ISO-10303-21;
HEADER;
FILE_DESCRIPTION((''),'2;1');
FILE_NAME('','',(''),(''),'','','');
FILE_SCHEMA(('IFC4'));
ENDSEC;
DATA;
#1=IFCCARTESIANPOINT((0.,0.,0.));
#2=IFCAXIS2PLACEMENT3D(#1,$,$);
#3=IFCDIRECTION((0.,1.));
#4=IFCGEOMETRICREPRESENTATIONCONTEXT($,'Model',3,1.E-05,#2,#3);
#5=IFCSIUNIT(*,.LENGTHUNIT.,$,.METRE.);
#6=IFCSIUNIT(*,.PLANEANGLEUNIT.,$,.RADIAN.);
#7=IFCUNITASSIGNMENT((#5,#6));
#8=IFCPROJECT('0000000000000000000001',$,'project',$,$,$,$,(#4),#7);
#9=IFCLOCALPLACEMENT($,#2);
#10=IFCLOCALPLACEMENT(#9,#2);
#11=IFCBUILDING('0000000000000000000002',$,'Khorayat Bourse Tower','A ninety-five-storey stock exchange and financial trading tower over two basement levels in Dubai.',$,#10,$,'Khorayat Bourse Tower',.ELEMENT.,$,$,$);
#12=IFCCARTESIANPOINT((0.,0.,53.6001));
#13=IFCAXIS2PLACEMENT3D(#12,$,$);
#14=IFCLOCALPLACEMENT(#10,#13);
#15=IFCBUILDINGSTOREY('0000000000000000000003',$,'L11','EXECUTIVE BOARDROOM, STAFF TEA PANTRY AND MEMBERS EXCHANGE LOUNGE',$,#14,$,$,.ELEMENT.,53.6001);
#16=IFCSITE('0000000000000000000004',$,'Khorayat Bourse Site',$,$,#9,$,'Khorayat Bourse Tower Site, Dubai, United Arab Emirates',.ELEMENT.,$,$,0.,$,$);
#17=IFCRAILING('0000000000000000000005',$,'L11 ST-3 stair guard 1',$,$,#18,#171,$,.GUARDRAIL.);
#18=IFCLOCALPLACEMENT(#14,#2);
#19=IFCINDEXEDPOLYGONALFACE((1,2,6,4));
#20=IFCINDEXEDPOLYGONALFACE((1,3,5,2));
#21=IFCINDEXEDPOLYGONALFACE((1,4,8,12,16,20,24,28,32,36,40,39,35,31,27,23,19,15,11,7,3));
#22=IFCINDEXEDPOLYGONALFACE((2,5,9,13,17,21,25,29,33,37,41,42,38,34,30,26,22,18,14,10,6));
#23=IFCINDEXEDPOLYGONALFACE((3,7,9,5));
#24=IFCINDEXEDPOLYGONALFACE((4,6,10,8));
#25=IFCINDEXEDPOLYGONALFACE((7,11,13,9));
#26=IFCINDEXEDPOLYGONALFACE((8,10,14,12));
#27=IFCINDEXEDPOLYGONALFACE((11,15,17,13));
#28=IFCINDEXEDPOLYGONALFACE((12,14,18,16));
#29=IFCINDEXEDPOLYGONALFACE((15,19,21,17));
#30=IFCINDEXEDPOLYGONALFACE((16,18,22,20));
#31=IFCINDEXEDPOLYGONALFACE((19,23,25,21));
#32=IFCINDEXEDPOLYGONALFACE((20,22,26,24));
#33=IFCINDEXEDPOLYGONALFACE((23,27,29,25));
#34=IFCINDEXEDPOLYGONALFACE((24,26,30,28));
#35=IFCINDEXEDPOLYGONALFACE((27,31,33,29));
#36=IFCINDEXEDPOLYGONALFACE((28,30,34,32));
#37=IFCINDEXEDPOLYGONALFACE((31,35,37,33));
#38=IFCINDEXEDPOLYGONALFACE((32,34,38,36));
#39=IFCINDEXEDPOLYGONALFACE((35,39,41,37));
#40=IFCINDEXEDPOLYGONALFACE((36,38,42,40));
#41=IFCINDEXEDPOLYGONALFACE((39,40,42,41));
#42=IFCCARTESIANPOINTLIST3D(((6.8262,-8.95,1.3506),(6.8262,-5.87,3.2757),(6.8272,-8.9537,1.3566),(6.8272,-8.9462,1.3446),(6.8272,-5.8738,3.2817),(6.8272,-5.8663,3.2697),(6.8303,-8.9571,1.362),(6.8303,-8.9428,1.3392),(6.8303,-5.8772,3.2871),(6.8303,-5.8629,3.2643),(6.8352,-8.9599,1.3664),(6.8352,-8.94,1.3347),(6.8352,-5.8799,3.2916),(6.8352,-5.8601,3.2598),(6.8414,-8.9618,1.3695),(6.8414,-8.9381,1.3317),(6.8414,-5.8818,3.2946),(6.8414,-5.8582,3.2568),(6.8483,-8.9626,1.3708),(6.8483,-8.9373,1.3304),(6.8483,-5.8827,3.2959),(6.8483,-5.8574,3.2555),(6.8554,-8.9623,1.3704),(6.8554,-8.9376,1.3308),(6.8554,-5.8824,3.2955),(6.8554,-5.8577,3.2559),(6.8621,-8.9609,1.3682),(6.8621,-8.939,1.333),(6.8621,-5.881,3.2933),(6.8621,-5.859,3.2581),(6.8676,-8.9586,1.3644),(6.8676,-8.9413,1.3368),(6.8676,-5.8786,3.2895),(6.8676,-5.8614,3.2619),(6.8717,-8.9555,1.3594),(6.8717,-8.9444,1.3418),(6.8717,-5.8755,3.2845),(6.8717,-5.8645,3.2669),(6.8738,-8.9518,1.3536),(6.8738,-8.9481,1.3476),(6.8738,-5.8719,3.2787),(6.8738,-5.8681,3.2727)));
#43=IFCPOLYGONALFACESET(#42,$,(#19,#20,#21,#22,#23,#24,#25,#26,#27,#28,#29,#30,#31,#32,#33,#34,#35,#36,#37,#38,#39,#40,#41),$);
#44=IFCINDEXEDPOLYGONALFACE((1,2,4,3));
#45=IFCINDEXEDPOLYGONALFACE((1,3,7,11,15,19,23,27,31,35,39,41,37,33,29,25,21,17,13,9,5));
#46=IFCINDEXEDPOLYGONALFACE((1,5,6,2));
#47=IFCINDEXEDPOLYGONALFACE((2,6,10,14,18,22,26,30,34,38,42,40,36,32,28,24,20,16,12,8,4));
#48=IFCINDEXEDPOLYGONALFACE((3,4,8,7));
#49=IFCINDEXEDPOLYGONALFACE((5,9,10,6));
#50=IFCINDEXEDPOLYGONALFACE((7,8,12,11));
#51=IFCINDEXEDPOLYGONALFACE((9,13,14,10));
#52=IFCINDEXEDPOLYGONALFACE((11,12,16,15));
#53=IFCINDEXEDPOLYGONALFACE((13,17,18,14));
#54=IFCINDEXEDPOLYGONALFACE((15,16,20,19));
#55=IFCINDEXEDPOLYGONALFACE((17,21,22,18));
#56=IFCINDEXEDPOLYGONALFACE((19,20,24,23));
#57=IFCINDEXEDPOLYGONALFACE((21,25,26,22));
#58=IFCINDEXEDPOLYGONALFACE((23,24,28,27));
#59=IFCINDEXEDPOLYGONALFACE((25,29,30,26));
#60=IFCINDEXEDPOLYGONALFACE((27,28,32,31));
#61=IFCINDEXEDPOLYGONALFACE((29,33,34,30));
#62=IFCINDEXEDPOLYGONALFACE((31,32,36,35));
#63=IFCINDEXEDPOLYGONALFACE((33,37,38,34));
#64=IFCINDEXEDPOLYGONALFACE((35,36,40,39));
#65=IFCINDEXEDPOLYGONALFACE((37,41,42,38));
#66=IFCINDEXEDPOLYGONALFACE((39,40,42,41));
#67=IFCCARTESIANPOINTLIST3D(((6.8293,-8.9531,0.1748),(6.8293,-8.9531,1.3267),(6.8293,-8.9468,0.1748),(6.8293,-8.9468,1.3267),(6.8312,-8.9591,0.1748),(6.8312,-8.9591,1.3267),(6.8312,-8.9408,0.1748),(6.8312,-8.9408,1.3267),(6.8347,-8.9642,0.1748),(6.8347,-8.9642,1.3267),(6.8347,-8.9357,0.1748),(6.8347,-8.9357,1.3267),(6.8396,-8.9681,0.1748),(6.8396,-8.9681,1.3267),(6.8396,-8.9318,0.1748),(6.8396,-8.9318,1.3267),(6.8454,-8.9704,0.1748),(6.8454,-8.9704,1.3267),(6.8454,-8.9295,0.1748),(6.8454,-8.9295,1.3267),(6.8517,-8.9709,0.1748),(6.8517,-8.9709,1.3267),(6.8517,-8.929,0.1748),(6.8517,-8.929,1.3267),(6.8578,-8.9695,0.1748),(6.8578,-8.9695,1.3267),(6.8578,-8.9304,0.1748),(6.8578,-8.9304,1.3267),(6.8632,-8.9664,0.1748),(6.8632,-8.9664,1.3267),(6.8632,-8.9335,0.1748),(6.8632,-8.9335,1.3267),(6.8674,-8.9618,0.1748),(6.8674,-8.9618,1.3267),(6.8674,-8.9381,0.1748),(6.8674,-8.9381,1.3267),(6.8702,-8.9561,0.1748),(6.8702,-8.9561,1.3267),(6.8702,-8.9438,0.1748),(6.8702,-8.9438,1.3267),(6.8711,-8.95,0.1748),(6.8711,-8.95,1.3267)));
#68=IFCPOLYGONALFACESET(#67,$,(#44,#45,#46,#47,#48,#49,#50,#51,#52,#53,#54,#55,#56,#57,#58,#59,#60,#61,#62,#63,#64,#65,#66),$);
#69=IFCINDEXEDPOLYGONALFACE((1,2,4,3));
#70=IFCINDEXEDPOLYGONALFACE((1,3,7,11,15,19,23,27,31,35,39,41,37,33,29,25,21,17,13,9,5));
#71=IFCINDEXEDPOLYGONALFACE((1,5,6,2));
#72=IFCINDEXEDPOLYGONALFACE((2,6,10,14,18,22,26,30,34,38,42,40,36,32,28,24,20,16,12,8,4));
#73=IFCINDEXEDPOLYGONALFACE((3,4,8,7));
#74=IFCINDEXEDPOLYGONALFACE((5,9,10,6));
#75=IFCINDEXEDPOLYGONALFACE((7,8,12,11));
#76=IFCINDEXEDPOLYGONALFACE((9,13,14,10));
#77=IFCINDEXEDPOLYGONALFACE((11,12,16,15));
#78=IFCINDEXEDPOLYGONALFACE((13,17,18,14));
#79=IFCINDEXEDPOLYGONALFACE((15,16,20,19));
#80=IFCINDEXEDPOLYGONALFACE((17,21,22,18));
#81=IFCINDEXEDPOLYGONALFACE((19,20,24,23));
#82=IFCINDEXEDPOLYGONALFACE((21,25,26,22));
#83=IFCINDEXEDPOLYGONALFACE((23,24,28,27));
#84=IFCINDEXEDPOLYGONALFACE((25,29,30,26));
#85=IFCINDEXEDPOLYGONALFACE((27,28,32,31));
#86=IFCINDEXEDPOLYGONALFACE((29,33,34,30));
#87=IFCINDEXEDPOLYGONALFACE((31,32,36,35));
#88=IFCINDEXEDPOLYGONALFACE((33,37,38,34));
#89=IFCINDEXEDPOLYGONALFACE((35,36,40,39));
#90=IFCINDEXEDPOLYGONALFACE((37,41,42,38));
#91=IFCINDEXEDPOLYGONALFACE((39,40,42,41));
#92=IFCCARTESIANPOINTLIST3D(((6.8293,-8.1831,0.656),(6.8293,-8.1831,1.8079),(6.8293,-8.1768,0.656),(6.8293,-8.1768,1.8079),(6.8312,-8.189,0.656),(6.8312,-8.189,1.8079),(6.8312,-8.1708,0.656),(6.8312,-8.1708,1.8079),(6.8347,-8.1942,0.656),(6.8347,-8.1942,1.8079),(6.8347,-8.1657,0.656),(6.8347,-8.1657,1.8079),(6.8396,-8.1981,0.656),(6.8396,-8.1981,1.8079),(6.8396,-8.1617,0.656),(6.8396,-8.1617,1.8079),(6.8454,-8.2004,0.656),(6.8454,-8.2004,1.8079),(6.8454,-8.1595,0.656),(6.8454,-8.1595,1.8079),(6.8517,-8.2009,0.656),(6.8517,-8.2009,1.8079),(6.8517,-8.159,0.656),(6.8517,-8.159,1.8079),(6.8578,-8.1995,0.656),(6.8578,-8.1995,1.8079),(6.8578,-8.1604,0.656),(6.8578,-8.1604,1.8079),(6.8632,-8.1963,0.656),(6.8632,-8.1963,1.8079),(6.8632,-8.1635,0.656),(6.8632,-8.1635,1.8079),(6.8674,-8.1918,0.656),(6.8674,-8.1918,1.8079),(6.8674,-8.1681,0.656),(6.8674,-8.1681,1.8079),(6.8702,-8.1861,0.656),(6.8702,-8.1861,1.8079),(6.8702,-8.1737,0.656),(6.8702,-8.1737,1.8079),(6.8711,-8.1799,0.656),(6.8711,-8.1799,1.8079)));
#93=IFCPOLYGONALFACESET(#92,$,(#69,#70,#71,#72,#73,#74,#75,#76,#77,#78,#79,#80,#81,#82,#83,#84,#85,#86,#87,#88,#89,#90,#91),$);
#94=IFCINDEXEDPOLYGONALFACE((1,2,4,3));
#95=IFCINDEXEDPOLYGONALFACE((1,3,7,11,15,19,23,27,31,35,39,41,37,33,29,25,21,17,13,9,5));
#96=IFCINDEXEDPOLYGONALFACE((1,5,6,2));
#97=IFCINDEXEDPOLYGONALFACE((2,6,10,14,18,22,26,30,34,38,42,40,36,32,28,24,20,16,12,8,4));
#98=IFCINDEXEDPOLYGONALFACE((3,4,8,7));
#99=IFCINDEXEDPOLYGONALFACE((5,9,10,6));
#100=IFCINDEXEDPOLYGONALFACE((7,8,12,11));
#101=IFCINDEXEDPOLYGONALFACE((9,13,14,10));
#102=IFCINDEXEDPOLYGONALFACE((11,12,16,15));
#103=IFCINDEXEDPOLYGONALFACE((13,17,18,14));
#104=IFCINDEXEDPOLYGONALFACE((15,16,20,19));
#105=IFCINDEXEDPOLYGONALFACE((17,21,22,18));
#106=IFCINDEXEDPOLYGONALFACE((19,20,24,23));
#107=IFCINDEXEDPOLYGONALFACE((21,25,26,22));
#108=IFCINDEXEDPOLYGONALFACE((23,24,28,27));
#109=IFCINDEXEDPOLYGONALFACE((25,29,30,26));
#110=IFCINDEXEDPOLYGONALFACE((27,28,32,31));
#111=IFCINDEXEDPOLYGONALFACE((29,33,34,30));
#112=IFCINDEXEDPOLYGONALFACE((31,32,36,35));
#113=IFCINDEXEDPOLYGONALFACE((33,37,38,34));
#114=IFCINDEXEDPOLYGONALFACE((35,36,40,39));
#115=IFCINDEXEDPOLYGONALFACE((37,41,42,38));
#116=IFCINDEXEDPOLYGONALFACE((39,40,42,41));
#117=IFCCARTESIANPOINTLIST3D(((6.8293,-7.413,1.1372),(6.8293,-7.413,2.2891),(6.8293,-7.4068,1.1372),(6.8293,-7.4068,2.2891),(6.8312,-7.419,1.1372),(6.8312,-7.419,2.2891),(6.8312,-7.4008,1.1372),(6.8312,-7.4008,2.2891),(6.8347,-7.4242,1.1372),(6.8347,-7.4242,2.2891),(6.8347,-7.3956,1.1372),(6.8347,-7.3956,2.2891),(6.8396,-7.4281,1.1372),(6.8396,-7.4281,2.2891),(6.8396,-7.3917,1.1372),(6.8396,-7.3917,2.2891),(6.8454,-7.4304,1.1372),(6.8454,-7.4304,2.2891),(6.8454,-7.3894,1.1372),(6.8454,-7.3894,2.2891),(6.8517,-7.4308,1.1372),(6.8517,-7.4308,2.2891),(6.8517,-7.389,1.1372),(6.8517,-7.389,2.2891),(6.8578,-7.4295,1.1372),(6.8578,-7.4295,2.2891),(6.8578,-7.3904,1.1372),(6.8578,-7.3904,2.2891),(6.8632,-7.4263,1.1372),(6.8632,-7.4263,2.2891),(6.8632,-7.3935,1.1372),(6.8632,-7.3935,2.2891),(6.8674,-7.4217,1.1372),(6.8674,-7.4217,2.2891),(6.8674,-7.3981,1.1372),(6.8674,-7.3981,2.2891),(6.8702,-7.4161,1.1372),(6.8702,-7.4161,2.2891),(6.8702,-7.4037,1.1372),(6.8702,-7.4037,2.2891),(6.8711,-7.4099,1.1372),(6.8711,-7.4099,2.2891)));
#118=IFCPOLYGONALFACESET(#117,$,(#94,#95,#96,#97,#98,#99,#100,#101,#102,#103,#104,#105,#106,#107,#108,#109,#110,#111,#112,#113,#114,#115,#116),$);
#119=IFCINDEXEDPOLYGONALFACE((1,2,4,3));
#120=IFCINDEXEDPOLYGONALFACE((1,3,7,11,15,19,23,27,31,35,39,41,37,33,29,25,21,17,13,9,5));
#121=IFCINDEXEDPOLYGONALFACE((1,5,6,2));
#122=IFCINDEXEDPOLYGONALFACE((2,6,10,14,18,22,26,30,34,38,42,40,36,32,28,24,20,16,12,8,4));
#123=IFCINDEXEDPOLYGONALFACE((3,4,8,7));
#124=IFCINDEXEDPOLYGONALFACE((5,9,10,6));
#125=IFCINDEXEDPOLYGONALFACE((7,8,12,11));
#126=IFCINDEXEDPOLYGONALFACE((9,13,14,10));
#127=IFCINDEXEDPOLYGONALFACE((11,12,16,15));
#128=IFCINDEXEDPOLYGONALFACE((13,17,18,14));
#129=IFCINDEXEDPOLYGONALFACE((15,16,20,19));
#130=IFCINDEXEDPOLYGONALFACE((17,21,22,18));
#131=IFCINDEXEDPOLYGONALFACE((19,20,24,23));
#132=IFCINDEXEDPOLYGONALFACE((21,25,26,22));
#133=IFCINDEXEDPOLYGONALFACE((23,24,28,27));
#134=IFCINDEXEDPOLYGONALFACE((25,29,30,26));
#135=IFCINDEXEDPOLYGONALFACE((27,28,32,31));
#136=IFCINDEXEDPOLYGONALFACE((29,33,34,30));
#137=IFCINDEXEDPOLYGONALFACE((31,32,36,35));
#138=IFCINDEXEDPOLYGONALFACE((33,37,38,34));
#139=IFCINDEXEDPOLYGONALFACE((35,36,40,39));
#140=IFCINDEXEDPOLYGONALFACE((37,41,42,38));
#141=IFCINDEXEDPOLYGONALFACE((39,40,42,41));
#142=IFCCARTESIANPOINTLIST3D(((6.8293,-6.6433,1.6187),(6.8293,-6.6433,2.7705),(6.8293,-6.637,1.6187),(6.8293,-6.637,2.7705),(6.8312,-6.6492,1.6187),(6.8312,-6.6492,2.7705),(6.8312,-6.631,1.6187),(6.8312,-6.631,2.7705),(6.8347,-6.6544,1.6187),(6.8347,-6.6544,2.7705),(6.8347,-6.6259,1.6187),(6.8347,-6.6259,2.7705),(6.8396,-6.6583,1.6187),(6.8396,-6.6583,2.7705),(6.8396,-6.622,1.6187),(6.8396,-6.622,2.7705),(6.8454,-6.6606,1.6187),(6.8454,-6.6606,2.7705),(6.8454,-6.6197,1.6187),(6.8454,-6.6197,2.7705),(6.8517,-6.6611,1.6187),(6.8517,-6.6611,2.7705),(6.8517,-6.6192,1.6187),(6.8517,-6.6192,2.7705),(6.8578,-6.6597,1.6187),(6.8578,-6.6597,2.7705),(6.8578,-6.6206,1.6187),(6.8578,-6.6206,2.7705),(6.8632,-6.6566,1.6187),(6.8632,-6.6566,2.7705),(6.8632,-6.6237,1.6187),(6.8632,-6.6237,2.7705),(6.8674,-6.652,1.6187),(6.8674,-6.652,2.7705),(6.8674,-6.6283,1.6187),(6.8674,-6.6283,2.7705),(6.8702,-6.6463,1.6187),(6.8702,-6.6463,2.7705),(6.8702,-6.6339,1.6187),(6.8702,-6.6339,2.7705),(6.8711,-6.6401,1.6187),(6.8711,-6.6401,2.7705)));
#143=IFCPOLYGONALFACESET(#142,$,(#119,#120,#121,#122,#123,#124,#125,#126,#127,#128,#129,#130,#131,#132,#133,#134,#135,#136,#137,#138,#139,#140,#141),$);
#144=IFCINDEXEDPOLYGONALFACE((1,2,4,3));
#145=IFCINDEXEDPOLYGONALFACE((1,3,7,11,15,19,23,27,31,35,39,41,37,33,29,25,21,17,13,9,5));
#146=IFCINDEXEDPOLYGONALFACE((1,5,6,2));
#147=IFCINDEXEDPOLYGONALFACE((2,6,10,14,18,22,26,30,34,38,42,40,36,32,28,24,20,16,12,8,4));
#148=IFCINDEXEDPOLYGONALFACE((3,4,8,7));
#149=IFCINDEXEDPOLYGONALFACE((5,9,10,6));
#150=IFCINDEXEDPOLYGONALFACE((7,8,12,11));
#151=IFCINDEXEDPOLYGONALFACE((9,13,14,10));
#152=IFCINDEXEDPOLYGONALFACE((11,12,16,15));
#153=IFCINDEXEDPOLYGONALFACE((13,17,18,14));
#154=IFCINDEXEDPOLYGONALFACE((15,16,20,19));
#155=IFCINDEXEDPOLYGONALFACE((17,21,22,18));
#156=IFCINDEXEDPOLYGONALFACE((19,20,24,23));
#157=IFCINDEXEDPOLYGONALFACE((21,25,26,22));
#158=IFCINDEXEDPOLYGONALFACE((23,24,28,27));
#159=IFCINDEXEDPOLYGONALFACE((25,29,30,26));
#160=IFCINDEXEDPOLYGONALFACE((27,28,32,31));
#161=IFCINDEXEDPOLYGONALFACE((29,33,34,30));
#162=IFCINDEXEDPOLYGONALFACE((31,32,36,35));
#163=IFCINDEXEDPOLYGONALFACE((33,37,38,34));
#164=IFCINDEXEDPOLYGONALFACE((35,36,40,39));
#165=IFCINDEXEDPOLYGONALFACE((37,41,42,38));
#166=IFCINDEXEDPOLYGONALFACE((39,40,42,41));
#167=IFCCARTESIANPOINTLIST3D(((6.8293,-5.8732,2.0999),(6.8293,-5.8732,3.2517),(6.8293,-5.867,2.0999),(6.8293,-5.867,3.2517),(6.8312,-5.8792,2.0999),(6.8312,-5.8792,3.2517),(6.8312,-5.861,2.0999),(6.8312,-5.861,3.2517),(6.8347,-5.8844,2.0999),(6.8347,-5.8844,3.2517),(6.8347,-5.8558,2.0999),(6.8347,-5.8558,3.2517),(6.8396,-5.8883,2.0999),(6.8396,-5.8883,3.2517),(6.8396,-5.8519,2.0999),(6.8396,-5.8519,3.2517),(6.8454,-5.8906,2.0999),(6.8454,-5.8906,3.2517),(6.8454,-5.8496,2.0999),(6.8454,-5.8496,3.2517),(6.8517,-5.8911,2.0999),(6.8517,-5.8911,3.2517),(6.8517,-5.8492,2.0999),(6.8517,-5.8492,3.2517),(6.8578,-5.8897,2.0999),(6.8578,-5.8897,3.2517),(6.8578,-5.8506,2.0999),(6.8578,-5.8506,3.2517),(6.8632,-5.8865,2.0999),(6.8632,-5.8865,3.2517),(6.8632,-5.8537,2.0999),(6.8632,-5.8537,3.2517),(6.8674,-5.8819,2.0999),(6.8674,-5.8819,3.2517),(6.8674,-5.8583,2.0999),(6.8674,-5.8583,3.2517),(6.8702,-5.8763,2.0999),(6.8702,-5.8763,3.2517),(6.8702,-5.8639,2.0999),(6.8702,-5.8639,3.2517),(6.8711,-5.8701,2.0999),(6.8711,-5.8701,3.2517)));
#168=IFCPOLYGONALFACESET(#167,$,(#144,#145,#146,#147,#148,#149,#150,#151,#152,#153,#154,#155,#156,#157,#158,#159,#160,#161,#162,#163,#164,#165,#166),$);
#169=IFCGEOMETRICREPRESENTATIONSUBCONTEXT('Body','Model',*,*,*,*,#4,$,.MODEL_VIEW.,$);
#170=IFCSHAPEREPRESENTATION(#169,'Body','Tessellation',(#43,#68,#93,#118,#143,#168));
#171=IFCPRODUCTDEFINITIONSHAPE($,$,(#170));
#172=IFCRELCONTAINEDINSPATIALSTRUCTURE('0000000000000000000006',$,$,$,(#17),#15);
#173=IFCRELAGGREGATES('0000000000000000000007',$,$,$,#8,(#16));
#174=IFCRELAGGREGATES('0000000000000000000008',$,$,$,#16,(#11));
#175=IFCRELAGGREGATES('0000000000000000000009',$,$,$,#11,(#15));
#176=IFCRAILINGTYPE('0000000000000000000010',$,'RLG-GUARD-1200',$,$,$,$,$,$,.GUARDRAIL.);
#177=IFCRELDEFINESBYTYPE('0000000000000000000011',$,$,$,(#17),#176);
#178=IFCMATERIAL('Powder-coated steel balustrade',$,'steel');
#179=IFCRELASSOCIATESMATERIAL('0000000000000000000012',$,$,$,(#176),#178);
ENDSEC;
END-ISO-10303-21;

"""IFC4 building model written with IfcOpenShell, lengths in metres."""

from ifc_helpers import new_model, si_unit, direction, frame, origin, origin_2d, place, context, subcontext, project, spatial, circle, extrude, source, transform, mapped, material, type_object, element, save


model = new_model("IFC4")

# Units and contexts
model_context = context("Model", 3, precision=1e-05, world=origin(), true_north=direction((0.0, 1.0)))
body_context = subcontext(model_context, "Body", "Model", "MODEL_VIEW")
ifc_project = project(units=[si_unit("LENGTHUNIT", "METRE"), si_unit("PLANEANGLEUNIT", "RADIAN")], contexts=[model_context])

# Site, building, storey
site_placement = place(None, origin())
site = spatial("IfcSite", under=ifc_project, at=site_placement, Name="Khorayat Bourse Site", LongName="Khorayat Bourse Tower Site, Dubai, United Arab Emirates", CompositionType="ELEMENT", RefElevation=0.0)
building_placement = place(site_placement, origin())
building = spatial("IfcBuilding", under=site, at=building_placement, Name="Khorayat Bourse Tower", Description="A ninety-five-storey stock exchange and financial trading tower over two basement levels in Dubai.", LongName="Khorayat Bourse Tower", CompositionType="ELEMENT")
storey_placement = place(building_placement, frame((0.0, 0.0, 53.6001)))
storey = spatial("IfcBuildingStorey", under=building, at=storey_placement, Name="L11", Description="EXECUTIVE BOARDROOM, STAFF TEA PANTRY AND MEMBERS EXCHANGE LOUNGE", CompositionType="ELEMENT", Elevation=53.6001)

# Railing
ifc_material_1 = material(Name="Powder-coated steel balustrade", Category="steel")
railing_type_1 = type_object("IfcRailingType", Name="RLG-GUARD-1200", PredefinedType="GUARDRAIL", material=ifc_material_1)
shared_shape_1 = source(origin(), body_context, "Body", "SweptSolid", [
    extrude(circle(Radius=0.0239, at=origin_2d()), frame((0.0, 0.0, 1.1758), z_axis=(0.0, 0.847979, 0.530029), x_axis=(-1.0, 0.0, 0.0)), (0.0, 0.0, 1.0), 3.6321),
    extrude(circle(Radius=0.021, at=origin_2d()), origin(), (0.0, 0.0, 1.0), 1.1519),
    extrude(circle(Radius=0.021, at=origin_2d()), frame((0.0, 0.77, 0.4812)), (0.0, 0.0, 1.0), 1.1519),
    extrude(circle(Radius=0.021, at=origin_2d()), frame((0.0, 1.54, 0.9624)), (0.0, 0.0, 1.0), 1.1519),
    extrude(circle(Radius=0.021, at=origin_2d()), frame((0.0, 2.3098, 1.4438)), (0.0, 0.0, 1.0), 1.1519),
    extrude(circle(Radius=0.021, at=origin_2d()), frame((0.0, 3.0798, 1.925)), (0.0, 0.0, 1.0), 1.1519),
])
railing_1_placement = place(storey_placement, frame((6.8501, -8.95, 0.1748)))
element("IfcRailing", 1, at=railing_1_placement, inside=storey, type_object=railing_type_1, Name="L11 ST-3 stair guard 1", PredefinedType="GUARDRAIL", context=body_context, shape_type="MappedRepresentation", body=[
    mapped(shared_shape_1, transform((0.0, 0.0, 0.0), scale=1.0)),
])

save(model, "model.ifc")
